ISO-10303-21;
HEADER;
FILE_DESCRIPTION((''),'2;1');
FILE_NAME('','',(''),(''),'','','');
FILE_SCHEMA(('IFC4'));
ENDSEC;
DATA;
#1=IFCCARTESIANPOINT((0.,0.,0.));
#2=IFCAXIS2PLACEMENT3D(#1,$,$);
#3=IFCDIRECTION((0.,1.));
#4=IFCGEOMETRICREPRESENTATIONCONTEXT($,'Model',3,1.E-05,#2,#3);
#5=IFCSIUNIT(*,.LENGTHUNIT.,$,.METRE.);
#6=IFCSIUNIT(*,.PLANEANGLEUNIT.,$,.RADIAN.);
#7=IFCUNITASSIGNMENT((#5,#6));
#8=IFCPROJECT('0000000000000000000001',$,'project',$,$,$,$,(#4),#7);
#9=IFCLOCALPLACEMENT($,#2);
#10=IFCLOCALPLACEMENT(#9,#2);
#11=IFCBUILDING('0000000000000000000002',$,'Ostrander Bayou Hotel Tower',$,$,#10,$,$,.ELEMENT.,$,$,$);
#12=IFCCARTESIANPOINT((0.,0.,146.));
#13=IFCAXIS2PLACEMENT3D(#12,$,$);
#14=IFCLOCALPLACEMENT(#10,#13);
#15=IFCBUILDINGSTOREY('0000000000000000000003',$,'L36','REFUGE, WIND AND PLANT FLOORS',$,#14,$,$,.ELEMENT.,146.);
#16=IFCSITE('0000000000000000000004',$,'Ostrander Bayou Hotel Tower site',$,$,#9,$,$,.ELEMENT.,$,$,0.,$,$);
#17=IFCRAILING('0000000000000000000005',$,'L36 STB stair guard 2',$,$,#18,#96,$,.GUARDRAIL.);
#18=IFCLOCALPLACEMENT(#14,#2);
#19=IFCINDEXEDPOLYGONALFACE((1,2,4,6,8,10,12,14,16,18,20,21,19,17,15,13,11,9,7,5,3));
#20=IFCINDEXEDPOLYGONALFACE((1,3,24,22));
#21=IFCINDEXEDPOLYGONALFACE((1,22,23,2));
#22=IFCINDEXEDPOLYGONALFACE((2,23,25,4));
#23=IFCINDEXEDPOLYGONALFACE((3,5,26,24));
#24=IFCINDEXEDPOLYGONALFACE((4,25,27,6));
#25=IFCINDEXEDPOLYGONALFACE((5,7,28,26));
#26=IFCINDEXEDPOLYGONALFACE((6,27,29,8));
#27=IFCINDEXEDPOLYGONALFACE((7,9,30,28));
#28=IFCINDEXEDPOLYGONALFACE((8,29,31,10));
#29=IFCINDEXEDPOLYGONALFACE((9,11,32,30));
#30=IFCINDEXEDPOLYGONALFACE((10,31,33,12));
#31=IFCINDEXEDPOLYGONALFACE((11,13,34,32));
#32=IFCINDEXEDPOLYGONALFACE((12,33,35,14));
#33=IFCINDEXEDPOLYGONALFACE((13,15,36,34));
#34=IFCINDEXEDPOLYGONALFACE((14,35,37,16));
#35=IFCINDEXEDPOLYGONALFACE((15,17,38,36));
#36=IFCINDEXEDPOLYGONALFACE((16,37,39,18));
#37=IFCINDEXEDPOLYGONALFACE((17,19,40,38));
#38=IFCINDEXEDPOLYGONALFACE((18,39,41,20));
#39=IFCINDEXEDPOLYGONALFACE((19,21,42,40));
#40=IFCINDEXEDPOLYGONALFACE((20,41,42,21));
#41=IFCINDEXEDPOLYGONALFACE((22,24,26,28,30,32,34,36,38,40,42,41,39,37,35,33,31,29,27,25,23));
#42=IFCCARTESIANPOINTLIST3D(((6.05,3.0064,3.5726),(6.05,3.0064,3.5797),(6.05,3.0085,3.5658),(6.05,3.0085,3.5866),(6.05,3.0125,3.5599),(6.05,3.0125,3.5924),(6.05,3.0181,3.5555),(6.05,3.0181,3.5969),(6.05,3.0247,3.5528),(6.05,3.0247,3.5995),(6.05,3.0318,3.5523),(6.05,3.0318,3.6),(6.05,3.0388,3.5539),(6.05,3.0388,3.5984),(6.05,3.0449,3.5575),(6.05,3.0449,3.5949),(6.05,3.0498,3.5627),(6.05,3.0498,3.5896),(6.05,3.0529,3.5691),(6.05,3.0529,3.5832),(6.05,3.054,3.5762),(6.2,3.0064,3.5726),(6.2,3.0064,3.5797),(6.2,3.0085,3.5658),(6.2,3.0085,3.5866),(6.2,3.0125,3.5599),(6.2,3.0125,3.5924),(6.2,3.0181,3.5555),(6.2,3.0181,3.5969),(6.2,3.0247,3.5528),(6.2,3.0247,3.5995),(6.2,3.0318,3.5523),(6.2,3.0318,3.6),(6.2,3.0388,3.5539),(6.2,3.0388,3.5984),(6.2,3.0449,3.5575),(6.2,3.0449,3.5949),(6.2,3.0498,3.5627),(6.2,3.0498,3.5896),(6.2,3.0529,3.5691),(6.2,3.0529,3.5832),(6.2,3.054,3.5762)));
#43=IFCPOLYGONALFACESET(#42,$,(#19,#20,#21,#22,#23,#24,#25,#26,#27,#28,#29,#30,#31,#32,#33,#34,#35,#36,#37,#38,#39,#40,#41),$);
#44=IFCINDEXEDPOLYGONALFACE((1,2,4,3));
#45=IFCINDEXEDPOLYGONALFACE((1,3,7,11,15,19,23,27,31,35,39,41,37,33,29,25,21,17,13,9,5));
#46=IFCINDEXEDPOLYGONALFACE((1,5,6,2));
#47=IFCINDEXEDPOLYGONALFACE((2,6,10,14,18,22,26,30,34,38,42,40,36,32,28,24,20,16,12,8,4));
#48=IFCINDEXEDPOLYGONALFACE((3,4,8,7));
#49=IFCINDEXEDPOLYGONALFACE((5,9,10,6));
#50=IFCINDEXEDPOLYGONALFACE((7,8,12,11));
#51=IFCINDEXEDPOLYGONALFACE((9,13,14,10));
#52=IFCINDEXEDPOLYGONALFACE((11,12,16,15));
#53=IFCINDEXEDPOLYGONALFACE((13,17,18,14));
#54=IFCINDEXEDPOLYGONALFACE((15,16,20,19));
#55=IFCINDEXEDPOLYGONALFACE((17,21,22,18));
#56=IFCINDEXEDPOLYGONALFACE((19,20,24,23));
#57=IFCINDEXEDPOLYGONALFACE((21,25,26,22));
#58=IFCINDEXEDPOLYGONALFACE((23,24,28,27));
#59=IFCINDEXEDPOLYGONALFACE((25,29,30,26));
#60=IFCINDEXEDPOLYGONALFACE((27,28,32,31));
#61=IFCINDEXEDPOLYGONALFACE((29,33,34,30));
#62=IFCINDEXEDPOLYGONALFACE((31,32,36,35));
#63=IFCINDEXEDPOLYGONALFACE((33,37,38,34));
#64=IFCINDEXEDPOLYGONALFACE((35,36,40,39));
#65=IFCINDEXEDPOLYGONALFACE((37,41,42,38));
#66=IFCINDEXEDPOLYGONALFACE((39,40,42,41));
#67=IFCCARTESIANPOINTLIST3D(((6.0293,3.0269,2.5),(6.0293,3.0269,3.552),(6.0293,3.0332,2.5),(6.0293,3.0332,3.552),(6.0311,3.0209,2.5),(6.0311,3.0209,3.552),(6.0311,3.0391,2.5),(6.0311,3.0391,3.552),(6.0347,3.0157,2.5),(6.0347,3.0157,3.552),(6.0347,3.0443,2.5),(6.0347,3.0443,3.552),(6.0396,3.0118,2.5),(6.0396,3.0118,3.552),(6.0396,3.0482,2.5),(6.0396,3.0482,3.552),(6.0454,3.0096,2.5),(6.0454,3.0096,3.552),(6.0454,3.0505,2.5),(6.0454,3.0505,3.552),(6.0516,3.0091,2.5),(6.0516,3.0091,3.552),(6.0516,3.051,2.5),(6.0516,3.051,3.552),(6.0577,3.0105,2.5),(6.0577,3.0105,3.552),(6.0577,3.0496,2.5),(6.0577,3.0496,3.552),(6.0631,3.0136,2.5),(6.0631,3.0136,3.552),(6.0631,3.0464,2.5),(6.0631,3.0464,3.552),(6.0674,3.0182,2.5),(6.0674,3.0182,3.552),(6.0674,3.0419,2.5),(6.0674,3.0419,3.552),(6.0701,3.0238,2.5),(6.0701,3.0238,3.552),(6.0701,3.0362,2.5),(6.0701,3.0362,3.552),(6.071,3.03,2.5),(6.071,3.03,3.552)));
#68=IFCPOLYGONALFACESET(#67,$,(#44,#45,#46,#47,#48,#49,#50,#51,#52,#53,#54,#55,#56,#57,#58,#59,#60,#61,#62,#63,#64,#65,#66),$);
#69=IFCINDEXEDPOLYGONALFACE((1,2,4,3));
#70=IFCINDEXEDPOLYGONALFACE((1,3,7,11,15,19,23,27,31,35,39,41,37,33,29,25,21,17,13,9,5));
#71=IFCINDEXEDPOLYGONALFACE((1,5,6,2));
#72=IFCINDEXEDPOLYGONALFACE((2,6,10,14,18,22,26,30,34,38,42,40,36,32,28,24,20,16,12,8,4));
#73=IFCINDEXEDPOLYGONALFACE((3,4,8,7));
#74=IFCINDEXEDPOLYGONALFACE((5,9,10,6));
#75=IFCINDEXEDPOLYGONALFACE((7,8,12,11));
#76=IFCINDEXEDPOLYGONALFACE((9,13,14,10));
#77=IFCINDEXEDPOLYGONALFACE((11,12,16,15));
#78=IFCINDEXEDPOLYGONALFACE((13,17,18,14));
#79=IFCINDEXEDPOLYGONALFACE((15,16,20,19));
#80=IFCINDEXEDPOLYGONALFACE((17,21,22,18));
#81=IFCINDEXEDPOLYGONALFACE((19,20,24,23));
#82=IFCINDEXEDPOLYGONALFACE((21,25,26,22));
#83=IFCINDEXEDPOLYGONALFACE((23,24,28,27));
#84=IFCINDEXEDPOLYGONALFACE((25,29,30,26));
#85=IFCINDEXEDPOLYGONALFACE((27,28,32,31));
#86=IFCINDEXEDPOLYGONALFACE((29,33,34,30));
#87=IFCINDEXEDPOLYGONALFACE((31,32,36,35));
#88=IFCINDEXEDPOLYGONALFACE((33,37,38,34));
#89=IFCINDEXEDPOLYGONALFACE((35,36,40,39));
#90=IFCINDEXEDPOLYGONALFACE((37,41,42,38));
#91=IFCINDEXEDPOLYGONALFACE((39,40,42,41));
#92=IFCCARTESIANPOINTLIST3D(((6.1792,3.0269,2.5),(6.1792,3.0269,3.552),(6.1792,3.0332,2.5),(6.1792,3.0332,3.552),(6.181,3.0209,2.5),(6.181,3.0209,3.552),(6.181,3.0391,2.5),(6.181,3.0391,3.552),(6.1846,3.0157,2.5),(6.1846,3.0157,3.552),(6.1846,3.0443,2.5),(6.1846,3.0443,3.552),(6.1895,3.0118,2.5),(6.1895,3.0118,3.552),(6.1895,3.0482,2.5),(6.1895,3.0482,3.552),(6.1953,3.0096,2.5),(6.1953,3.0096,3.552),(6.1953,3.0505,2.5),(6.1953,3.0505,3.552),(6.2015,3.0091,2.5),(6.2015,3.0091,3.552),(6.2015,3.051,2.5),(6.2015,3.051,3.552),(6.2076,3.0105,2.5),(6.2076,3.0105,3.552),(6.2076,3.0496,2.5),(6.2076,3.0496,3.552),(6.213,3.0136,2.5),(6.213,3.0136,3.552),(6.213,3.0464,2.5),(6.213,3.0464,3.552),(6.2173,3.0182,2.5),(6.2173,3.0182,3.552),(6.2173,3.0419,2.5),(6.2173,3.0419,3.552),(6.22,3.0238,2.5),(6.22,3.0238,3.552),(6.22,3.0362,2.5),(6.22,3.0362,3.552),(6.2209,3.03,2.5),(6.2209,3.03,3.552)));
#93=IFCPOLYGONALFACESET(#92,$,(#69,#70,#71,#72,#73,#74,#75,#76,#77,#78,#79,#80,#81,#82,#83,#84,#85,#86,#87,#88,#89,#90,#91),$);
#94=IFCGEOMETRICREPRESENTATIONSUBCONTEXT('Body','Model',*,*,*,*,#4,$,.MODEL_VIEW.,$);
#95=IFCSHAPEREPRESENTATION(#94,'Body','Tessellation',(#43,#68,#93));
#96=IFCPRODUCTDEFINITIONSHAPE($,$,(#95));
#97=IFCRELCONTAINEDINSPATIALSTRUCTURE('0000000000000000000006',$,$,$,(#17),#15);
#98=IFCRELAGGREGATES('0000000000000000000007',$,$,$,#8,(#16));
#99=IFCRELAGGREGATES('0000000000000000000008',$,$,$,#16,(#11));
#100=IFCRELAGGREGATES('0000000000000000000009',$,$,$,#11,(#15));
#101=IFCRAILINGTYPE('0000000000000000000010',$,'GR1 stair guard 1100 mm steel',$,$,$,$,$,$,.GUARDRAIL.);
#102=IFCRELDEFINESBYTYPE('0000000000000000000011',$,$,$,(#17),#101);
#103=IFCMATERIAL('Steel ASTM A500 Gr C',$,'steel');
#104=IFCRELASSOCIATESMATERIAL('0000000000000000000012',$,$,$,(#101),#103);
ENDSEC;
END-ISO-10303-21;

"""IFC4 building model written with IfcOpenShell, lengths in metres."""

from ifc_helpers import new_model, si_unit, direction, frame, origin, origin_2d, place, context, subcontext, project, spatial, circle, extrude, material, type_object, element, save


model = new_model("IFC4")

# Units and contexts
model_context = context("Model", 3, precision=1e-05, world=origin(), true_north=direction((0.0, 1.0)))
body_context = subcontext(model_context, "Body", "Model", "MODEL_VIEW")
ifc_project = project(units=[si_unit("LENGTHUNIT", "METRE"), si_unit("PLANEANGLEUNIT", "RADIAN")], contexts=[model_context])

# Site, building, storey
site_placement = place(None, origin())
site = spatial("IfcSite", under=ifc_project, at=site_placement, Name="Ostrander Bayou Hotel Tower site", CompositionType="ELEMENT", RefElevation=0.0)
building_placement = place(site_placement, origin())
building = spatial("IfcBuilding", under=site, at=building_placement, Name="Ostrander Bayou Hotel Tower", CompositionType="ELEMENT")
storey_placement = place(building_placement, frame((0.0, 0.0, 146.0)))
storey = spatial("IfcBuildingStorey", under=building, at=storey_placement, Name="L36", Description="REFUGE, WIND AND PLANT FLOORS", CompositionType="ELEMENT", Elevation=146.0)

# Railing
ifc_material_1 = material(Name="Steel ASTM A500 Gr C", Category="steel")
railing_type_1 = type_object("IfcRailingType", Name="GR1 stair guard 1100 mm steel", PredefinedType="GUARDRAIL", material=ifc_material_1)
railing_1_placement = place(storey_placement, frame((6.05, 3.03, 2.5)))
element("IfcRailing", 1, at=railing_1_placement, inside=storey, type_object=railing_type_1, Name="L36 STB stair guard 2", PredefinedType="GUARDRAIL", context=body_context, shape_type="SweptSolid", body=[
    extrude(circle(Radius=0.0239, at=origin_2d()), frame((0.0, 0.0, 1.0762), z_axis=(1.0, 0.0, 0.0), x_axis=(0.0, 1.0, 0.0)), (0.0, 0.0, 1.0), 0.1499),
    extrude(circle(Radius=0.021, at=origin_2d()), origin(), (0.0, 0.0, 1.0), 1.052),
    extrude(circle(Radius=0.021, at=origin_2d()), frame((0.1499, 0.0, 0.0)), (0.0, 0.0, 1.0), 1.052),
])

save(model, "model.ifc")
